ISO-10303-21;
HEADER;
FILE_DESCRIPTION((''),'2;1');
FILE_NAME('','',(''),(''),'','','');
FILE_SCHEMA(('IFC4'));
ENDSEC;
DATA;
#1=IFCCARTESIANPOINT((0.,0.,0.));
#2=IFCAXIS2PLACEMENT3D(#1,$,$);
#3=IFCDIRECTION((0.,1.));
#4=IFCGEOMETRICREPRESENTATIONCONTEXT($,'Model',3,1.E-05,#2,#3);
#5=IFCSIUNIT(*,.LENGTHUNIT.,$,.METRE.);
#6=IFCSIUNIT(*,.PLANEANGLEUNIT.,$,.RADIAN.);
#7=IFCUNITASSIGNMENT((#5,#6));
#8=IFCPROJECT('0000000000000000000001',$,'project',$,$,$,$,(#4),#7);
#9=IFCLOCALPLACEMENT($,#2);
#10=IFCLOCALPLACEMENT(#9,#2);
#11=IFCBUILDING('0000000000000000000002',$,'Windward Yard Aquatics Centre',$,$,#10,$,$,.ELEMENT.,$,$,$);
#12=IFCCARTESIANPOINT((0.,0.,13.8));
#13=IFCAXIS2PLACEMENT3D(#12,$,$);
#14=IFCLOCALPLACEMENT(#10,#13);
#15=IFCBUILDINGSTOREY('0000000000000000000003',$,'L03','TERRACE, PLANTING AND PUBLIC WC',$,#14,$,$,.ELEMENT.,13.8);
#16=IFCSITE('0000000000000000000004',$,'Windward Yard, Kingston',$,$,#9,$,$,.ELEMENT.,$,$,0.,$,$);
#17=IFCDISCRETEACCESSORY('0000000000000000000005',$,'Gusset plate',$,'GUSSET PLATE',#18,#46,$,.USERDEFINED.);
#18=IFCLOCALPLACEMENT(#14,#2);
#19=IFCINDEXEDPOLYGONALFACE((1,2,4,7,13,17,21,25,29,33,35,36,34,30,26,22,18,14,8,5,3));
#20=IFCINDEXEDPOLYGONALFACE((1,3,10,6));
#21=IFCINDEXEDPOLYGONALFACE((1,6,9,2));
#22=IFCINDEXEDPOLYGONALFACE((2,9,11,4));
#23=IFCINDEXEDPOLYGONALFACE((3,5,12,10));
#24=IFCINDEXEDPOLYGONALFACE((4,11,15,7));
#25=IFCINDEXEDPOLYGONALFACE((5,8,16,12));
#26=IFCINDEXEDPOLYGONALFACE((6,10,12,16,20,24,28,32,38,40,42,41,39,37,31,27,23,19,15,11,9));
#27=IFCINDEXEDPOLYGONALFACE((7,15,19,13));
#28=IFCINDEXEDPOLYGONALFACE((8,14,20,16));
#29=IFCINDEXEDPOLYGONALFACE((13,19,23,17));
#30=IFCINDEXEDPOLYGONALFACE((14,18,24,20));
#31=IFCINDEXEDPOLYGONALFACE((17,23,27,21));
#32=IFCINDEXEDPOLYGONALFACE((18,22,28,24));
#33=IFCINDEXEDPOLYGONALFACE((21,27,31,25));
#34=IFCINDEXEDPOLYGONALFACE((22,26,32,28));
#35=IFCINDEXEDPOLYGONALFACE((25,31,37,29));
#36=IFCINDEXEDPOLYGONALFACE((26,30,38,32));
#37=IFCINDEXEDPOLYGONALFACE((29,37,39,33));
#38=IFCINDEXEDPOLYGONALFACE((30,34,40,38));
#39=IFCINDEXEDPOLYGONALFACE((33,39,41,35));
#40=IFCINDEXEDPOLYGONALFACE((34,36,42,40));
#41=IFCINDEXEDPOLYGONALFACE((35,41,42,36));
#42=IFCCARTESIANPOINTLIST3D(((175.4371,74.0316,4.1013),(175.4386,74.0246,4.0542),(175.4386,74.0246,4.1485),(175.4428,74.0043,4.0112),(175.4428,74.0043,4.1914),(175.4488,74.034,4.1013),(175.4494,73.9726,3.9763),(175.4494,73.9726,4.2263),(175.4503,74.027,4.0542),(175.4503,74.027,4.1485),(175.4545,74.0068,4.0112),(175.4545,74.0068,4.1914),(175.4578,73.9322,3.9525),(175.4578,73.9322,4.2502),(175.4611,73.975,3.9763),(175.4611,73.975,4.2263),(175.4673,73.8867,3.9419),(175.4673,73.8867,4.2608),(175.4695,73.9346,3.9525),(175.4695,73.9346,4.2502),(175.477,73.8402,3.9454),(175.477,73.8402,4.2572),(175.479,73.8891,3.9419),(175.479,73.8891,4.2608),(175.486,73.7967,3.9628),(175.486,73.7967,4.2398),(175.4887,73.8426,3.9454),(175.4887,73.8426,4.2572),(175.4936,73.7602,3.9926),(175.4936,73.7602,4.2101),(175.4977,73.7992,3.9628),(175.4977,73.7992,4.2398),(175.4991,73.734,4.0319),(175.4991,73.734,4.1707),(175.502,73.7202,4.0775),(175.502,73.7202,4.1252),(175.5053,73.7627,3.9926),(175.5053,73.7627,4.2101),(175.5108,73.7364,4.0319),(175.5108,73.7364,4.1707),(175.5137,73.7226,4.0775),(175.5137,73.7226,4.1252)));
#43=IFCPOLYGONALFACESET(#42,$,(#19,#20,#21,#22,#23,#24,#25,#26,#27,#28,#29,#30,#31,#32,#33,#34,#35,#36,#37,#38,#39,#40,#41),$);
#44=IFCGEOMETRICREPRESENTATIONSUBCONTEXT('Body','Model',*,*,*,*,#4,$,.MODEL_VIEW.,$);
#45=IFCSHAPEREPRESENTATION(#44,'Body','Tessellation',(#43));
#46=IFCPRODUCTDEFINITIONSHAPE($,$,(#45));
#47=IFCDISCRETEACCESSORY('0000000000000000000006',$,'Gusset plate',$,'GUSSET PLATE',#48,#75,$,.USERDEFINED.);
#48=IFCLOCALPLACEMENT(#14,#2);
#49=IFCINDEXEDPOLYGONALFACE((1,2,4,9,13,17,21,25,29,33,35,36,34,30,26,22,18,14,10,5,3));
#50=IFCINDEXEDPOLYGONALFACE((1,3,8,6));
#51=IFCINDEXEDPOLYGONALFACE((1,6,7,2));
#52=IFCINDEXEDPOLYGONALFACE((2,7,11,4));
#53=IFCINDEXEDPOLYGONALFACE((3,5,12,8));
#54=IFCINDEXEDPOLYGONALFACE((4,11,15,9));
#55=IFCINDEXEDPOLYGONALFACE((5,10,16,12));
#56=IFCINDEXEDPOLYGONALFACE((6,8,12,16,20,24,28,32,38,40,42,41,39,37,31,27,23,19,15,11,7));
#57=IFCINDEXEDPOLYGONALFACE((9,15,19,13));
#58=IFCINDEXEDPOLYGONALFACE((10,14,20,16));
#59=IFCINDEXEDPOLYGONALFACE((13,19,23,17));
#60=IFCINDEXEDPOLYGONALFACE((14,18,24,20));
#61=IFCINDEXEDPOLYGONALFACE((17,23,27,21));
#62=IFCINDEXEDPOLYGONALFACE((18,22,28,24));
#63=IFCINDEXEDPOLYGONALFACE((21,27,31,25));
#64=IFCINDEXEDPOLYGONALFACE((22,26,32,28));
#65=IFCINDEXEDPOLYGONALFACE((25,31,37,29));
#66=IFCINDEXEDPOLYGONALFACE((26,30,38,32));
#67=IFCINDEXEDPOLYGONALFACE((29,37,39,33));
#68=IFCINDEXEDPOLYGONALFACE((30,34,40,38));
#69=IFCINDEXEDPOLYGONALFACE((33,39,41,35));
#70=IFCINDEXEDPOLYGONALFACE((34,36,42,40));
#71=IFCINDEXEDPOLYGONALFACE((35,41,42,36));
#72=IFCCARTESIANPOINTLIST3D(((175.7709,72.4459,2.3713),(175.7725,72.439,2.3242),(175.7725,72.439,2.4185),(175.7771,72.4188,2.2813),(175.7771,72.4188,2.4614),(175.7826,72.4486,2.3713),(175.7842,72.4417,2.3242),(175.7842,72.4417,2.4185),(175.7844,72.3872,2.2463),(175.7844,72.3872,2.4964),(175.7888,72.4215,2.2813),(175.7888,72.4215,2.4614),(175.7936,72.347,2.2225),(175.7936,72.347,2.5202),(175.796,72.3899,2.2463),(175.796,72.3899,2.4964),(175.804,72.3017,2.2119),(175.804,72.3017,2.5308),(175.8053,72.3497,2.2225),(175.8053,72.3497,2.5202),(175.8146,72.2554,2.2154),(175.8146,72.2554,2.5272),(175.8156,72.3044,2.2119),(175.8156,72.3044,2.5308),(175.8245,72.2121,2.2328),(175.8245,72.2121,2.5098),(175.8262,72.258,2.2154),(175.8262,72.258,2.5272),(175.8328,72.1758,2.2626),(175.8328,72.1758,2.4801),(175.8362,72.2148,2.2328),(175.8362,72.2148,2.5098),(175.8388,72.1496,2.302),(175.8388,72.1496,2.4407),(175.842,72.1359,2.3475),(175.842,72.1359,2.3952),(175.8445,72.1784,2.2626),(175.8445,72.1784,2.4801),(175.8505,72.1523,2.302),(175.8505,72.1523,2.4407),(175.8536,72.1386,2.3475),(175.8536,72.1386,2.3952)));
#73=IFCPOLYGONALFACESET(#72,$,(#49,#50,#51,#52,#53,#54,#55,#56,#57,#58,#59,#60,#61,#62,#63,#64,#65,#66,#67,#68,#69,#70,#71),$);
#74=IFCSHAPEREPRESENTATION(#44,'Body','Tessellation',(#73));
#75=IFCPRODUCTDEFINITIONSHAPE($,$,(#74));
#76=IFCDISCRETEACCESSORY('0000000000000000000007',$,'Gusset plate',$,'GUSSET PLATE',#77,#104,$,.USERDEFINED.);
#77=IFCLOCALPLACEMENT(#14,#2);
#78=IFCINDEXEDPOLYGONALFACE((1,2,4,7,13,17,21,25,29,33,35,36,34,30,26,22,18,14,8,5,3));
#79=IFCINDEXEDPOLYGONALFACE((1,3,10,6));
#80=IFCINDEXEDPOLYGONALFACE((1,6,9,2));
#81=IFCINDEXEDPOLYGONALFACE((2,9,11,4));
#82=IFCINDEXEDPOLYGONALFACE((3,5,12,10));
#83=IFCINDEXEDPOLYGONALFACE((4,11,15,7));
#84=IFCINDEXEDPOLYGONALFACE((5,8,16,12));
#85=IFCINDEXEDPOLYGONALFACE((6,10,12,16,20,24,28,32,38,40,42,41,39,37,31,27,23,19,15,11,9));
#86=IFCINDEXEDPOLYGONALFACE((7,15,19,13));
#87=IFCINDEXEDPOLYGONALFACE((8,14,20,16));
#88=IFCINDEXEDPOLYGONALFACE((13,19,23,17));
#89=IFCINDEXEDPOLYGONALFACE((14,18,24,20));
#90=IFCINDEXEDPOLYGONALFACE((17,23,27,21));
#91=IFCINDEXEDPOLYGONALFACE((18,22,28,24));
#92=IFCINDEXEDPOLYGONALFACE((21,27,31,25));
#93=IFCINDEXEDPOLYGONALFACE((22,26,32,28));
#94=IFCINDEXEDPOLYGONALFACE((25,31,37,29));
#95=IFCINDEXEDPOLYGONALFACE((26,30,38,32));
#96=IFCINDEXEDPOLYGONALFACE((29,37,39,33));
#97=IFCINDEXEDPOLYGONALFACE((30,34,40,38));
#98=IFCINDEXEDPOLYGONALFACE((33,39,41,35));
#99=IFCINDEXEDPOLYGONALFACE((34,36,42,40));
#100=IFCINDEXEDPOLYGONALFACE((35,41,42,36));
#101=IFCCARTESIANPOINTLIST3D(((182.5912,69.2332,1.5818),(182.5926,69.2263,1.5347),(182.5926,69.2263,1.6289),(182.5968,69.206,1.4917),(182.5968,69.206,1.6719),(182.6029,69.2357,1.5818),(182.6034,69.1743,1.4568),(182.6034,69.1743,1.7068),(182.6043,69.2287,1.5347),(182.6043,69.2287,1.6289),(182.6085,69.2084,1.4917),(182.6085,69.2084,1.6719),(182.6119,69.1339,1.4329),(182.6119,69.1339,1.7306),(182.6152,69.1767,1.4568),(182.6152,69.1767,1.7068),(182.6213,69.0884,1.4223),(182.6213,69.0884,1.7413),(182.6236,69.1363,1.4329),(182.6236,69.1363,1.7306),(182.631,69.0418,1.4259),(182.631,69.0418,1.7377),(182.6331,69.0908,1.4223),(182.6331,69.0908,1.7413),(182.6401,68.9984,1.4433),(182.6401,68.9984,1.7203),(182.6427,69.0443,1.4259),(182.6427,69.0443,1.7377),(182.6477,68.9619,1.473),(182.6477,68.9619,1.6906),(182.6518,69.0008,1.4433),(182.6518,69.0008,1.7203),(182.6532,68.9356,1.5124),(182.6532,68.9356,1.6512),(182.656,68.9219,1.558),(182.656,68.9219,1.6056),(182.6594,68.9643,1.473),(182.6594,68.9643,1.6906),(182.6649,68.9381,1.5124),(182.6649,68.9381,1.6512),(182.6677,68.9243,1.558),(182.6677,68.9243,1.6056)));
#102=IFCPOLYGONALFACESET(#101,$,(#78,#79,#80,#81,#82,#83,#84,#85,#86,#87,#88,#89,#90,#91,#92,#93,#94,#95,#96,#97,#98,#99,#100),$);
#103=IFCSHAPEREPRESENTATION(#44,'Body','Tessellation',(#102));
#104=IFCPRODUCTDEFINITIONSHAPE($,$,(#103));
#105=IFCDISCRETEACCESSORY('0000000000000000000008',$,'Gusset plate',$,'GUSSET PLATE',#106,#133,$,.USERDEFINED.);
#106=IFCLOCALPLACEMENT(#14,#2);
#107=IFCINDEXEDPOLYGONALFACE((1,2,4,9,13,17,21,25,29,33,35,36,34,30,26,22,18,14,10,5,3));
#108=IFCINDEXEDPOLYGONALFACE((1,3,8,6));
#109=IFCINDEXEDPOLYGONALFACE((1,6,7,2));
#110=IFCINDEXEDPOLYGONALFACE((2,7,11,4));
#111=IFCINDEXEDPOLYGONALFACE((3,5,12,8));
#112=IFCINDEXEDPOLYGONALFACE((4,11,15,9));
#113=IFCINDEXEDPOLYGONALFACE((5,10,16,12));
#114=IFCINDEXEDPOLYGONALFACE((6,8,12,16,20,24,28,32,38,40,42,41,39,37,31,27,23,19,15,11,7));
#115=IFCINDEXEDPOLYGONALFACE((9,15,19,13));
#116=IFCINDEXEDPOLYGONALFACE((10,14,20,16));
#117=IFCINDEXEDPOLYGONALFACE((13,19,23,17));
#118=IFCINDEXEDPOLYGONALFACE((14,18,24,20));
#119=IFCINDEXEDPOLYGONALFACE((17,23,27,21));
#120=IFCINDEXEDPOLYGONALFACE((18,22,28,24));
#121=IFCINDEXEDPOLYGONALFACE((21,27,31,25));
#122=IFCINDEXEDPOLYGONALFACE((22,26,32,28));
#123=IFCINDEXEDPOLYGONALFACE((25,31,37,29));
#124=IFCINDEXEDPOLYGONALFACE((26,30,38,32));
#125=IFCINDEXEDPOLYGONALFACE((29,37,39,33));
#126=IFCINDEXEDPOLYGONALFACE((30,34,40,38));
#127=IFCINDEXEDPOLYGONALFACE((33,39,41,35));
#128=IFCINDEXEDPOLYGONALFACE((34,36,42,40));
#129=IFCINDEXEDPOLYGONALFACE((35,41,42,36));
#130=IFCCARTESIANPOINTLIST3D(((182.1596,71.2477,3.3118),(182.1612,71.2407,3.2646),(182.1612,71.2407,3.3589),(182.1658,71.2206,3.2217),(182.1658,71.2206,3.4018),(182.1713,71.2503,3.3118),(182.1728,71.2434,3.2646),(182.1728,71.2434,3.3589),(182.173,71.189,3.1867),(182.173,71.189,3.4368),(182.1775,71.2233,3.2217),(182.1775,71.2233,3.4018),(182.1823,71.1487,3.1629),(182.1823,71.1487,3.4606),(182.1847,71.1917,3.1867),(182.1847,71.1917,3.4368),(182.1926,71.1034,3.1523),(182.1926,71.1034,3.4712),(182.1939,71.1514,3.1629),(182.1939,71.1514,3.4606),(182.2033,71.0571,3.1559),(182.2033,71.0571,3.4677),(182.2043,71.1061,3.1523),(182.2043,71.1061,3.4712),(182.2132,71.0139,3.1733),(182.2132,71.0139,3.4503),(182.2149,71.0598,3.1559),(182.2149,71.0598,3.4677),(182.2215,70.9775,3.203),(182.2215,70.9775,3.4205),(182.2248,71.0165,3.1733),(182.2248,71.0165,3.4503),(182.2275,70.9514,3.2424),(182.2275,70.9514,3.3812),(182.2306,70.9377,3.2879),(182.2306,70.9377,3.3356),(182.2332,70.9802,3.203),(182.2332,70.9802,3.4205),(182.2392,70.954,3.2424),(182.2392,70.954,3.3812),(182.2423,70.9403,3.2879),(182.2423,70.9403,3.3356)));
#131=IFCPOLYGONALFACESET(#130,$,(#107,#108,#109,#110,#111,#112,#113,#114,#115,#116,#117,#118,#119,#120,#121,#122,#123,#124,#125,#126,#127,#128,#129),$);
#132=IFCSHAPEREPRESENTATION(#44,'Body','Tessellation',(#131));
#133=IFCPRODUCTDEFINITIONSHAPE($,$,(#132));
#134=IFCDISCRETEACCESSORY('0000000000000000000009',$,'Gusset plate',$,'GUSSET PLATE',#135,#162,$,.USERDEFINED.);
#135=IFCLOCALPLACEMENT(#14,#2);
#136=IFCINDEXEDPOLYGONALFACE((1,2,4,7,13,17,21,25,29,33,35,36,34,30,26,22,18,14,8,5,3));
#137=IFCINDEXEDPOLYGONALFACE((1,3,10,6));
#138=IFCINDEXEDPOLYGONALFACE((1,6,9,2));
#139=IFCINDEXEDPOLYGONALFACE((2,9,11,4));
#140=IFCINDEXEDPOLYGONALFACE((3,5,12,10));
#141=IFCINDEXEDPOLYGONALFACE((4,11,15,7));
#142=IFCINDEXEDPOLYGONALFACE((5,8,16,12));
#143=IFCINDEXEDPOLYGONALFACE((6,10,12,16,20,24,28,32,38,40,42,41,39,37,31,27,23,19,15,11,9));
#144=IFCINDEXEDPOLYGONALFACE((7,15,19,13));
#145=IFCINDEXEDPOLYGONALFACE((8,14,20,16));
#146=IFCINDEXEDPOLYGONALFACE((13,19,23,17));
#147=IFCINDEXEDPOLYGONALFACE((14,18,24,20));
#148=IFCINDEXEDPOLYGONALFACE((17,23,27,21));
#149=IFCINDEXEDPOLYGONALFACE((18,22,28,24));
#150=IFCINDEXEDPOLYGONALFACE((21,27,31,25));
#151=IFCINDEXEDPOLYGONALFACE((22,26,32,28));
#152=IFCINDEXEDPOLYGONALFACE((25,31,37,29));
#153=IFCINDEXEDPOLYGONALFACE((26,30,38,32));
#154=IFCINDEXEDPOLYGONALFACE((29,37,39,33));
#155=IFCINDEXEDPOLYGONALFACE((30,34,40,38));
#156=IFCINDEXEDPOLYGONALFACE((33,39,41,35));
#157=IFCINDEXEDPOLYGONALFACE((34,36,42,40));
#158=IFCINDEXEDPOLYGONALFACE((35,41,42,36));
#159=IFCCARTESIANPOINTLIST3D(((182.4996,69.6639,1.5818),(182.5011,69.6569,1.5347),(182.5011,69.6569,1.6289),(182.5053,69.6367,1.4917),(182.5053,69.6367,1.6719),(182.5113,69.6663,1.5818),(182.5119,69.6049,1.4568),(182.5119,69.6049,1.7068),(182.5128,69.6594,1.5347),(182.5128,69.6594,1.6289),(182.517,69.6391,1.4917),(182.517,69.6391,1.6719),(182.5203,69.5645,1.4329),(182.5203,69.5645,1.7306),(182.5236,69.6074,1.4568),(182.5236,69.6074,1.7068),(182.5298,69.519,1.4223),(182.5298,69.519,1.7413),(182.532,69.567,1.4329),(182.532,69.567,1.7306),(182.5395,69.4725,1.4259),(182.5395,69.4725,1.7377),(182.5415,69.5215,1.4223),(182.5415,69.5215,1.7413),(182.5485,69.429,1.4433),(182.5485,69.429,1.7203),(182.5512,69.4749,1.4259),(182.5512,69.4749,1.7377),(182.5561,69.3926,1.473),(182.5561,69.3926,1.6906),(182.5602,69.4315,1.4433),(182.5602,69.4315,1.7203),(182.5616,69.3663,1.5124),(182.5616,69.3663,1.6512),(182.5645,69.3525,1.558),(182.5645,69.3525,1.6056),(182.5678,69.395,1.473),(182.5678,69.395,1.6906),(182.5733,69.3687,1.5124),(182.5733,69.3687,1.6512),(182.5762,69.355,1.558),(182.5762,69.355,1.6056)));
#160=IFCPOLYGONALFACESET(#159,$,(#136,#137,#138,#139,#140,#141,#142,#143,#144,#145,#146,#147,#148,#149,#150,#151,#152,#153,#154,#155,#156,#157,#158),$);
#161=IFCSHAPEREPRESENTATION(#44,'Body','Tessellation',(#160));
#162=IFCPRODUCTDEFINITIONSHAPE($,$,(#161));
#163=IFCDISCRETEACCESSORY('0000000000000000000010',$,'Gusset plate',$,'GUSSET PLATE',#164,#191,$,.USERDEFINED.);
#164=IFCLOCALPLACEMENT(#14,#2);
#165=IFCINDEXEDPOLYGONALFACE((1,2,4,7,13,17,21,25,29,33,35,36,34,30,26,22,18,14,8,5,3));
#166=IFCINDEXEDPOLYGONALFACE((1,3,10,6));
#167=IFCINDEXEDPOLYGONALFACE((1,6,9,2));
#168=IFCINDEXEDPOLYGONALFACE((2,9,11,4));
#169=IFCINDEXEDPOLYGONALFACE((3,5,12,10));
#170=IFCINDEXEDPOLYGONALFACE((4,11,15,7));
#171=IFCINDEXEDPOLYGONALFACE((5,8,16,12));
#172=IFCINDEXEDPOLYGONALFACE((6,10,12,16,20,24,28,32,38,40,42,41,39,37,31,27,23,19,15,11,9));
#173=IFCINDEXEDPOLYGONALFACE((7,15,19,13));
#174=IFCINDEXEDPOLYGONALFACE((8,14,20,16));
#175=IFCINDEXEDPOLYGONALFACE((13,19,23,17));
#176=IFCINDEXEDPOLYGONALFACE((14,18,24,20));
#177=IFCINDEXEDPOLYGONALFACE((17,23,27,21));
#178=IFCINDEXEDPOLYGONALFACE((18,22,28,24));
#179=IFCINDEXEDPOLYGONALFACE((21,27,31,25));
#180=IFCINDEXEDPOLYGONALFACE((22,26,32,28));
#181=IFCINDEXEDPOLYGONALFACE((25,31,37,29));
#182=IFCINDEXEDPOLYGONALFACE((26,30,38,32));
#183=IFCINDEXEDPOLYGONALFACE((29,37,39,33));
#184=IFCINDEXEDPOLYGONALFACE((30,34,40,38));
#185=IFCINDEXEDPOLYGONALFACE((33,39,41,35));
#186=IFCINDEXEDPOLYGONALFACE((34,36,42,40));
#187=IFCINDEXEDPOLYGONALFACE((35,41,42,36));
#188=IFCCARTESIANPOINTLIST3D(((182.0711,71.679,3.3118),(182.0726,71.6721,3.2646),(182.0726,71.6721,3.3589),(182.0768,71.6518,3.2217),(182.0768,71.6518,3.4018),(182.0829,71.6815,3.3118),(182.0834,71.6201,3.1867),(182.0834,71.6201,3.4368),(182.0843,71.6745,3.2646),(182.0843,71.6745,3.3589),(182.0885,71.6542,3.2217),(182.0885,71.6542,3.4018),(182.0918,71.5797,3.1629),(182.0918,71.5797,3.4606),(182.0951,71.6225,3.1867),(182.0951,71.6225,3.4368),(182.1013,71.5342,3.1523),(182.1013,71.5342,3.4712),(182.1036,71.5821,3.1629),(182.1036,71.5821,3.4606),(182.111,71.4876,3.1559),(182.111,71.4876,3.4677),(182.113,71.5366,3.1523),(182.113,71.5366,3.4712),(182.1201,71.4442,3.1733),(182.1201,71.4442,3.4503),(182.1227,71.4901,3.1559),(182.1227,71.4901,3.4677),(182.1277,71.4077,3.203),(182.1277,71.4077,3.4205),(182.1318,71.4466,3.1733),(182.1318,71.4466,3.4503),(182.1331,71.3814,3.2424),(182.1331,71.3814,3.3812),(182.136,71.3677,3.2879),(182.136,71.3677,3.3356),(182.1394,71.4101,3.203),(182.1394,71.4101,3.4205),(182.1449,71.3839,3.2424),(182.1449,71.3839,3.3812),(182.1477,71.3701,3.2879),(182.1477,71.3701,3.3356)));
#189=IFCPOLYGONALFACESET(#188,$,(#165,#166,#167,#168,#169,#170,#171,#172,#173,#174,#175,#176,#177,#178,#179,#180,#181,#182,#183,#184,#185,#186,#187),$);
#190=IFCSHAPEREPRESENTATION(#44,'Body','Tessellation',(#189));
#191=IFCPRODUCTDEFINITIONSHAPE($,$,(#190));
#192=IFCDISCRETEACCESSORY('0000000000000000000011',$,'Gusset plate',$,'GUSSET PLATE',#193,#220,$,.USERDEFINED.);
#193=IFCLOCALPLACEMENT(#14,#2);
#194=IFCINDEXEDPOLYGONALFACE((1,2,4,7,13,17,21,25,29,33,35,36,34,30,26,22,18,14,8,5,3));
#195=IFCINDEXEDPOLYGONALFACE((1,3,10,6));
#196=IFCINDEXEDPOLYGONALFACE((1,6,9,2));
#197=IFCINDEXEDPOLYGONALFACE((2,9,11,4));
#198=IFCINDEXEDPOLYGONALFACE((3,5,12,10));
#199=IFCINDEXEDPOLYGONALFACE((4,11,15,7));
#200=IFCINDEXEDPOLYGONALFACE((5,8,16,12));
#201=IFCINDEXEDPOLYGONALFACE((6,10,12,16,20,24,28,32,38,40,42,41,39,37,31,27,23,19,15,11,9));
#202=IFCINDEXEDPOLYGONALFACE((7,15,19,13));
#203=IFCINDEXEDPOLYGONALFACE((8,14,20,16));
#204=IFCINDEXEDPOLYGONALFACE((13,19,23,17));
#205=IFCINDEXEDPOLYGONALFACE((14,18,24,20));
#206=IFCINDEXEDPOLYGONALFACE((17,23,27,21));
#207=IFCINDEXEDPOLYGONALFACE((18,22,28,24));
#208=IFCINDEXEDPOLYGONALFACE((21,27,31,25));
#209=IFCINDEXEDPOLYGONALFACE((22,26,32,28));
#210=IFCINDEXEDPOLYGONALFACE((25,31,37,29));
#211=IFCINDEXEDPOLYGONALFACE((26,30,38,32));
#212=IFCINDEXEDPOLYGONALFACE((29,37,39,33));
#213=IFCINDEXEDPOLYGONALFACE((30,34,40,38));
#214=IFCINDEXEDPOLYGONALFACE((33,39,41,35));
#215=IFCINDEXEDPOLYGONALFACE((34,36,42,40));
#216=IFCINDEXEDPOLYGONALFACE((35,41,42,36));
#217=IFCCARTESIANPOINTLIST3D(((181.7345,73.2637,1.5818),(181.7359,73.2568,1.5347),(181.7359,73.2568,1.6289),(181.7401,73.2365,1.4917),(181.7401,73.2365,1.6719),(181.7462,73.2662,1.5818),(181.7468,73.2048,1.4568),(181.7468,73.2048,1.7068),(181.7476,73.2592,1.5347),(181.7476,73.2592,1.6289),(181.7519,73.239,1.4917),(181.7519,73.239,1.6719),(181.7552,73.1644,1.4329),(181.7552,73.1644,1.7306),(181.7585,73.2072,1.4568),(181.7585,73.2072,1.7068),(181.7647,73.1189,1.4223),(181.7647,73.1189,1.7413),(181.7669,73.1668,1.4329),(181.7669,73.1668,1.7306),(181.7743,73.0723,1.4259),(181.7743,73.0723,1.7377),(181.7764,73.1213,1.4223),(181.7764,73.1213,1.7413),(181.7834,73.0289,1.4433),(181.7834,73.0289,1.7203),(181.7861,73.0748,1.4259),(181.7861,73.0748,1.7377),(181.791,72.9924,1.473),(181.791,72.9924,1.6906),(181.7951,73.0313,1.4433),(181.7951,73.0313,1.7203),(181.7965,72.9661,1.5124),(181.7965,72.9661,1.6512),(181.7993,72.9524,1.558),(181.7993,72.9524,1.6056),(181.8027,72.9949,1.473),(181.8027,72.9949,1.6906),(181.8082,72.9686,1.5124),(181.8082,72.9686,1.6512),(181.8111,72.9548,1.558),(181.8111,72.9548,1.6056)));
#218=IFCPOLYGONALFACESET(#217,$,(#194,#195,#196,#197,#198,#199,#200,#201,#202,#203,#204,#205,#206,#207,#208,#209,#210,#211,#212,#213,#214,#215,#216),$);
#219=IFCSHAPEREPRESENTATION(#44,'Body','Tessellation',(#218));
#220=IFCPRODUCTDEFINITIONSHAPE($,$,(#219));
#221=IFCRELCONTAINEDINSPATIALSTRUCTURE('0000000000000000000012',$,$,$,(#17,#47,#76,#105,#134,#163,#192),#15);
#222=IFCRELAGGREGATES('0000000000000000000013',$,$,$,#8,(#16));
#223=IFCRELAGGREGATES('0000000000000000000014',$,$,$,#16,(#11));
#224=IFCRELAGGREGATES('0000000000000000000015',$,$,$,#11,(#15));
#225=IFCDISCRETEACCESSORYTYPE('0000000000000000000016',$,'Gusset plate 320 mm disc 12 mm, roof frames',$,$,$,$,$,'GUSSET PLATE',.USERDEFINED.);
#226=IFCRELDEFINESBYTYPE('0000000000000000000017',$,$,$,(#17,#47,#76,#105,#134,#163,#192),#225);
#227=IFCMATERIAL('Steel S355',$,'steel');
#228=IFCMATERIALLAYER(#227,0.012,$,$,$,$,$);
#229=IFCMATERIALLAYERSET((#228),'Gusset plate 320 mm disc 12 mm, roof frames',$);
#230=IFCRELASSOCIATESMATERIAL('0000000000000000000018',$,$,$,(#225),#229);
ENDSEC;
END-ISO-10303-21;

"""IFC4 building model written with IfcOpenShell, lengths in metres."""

from ifc_helpers import new_model, si_unit, direction, frame, origin, origin_2d, place, context, subcontext, project, spatial, circle, extrude, material, layer, layer_set, type_object, element, save


model = new_model("IFC4")

# Units and contexts
model_context = context("Model", 3, precision=1e-05, world=origin(), true_north=direction((0.0, 1.0)))
body_context = subcontext(model_context, "Body", "Model", "MODEL_VIEW")
ifc_project = project(units=[si_unit("LENGTHUNIT", "METRE"), si_unit("PLANEANGLEUNIT", "RADIAN")], contexts=[model_context])

# Site, building, storey
site_placement = place(None, origin())
site = spatial("IfcSite", under=ifc_project, at=site_placement, Name="Windward Yard, Kingston", CompositionType="ELEMENT", RefElevation=0.0)
building_placement = place(site_placement, origin())
building = spatial("IfcBuilding", under=site, at=building_placement, Name="Windward Yard Aquatics Centre", CompositionType="ELEMENT")
storey_placement = place(building_placement, frame((0.0, 0.0, 13.8)))
storey = spatial("IfcBuildingStorey", under=building, at=storey_placement, Name="L03", Description="TERRACE, PLANTING AND PUBLIC WC", CompositionType="ELEMENT", Elevation=13.8)

# Discrete accessories
ifc_material_1 = material(Name="Steel S355", Category="steel")
ifc_layer = layer(ifc_material_1, 0.012)
ifc_layer_set = layer_set([ifc_layer], Name="Gusset plate 320 mm disc 12 mm, roof frames")
discrete_accessory_type = type_object("IfcDiscreteAccessoryType", Name="Gusset plate 320 mm disc 12 mm, roof frames", ElementType="GUSSET PLATE", PredefinedType="USERDEFINED", material=ifc_layer_set)
for number, where, z_axis, x_axis, name in (
    (1, (175.4697, 73.875, 4.1013), (0.97898, 0.203954, 0.0), (-0.203954, 0.97898, 0.0), "Gusset plate"),
    (2, (175.8066, 72.29, 2.3713), (0.974732, 0.223376, 0.0), (-0.223376, 0.974732, 0.0), "Gusset plate"),
    (3, (182.6238, 69.0767, 1.5818), (0.97898, 0.203954, 0.0), (-0.203954, 0.97898, 0.0), "Gusset plate"),
    (4, (182.1953, 71.0918, 3.3118), (0.974732, 0.223376, 0.0), (-0.223376, 0.974732, 0.0), "Gusset plate"),
    (5, (182.5322, 69.5073, 1.5818), (0.97898, 0.203954, 0.0), (-0.203954, 0.97898, 0.0), "Gusset plate"),
    (6, (182.1038, 71.5225, 3.3118), (0.97898, 0.203954, 0.0), (-0.203954, 0.97898, 0.0), "Gusset plate"),
    (7, (181.7671, 73.1072, 1.5818), (0.97898, 0.203954, 0.0), (-0.203954, 0.97898, 0.0), "Gusset plate"),
):
    element("IfcDiscreteAccessory", number, at=place(storey_placement, frame(where, z_axis=z_axis, x_axis=x_axis)), inside=storey, type_object=discrete_accessory_type, Name=name, ObjectType="GUSSET PLATE", PredefinedType="USERDEFINED", context=body_context, shape_type="SweptSolid", body=[
        extrude(circle(Radius=0.1599, at=origin_2d()), origin(), (0.0, 0.0, 1.0), 0.012),
    ])

save(model, "model.ifc")
